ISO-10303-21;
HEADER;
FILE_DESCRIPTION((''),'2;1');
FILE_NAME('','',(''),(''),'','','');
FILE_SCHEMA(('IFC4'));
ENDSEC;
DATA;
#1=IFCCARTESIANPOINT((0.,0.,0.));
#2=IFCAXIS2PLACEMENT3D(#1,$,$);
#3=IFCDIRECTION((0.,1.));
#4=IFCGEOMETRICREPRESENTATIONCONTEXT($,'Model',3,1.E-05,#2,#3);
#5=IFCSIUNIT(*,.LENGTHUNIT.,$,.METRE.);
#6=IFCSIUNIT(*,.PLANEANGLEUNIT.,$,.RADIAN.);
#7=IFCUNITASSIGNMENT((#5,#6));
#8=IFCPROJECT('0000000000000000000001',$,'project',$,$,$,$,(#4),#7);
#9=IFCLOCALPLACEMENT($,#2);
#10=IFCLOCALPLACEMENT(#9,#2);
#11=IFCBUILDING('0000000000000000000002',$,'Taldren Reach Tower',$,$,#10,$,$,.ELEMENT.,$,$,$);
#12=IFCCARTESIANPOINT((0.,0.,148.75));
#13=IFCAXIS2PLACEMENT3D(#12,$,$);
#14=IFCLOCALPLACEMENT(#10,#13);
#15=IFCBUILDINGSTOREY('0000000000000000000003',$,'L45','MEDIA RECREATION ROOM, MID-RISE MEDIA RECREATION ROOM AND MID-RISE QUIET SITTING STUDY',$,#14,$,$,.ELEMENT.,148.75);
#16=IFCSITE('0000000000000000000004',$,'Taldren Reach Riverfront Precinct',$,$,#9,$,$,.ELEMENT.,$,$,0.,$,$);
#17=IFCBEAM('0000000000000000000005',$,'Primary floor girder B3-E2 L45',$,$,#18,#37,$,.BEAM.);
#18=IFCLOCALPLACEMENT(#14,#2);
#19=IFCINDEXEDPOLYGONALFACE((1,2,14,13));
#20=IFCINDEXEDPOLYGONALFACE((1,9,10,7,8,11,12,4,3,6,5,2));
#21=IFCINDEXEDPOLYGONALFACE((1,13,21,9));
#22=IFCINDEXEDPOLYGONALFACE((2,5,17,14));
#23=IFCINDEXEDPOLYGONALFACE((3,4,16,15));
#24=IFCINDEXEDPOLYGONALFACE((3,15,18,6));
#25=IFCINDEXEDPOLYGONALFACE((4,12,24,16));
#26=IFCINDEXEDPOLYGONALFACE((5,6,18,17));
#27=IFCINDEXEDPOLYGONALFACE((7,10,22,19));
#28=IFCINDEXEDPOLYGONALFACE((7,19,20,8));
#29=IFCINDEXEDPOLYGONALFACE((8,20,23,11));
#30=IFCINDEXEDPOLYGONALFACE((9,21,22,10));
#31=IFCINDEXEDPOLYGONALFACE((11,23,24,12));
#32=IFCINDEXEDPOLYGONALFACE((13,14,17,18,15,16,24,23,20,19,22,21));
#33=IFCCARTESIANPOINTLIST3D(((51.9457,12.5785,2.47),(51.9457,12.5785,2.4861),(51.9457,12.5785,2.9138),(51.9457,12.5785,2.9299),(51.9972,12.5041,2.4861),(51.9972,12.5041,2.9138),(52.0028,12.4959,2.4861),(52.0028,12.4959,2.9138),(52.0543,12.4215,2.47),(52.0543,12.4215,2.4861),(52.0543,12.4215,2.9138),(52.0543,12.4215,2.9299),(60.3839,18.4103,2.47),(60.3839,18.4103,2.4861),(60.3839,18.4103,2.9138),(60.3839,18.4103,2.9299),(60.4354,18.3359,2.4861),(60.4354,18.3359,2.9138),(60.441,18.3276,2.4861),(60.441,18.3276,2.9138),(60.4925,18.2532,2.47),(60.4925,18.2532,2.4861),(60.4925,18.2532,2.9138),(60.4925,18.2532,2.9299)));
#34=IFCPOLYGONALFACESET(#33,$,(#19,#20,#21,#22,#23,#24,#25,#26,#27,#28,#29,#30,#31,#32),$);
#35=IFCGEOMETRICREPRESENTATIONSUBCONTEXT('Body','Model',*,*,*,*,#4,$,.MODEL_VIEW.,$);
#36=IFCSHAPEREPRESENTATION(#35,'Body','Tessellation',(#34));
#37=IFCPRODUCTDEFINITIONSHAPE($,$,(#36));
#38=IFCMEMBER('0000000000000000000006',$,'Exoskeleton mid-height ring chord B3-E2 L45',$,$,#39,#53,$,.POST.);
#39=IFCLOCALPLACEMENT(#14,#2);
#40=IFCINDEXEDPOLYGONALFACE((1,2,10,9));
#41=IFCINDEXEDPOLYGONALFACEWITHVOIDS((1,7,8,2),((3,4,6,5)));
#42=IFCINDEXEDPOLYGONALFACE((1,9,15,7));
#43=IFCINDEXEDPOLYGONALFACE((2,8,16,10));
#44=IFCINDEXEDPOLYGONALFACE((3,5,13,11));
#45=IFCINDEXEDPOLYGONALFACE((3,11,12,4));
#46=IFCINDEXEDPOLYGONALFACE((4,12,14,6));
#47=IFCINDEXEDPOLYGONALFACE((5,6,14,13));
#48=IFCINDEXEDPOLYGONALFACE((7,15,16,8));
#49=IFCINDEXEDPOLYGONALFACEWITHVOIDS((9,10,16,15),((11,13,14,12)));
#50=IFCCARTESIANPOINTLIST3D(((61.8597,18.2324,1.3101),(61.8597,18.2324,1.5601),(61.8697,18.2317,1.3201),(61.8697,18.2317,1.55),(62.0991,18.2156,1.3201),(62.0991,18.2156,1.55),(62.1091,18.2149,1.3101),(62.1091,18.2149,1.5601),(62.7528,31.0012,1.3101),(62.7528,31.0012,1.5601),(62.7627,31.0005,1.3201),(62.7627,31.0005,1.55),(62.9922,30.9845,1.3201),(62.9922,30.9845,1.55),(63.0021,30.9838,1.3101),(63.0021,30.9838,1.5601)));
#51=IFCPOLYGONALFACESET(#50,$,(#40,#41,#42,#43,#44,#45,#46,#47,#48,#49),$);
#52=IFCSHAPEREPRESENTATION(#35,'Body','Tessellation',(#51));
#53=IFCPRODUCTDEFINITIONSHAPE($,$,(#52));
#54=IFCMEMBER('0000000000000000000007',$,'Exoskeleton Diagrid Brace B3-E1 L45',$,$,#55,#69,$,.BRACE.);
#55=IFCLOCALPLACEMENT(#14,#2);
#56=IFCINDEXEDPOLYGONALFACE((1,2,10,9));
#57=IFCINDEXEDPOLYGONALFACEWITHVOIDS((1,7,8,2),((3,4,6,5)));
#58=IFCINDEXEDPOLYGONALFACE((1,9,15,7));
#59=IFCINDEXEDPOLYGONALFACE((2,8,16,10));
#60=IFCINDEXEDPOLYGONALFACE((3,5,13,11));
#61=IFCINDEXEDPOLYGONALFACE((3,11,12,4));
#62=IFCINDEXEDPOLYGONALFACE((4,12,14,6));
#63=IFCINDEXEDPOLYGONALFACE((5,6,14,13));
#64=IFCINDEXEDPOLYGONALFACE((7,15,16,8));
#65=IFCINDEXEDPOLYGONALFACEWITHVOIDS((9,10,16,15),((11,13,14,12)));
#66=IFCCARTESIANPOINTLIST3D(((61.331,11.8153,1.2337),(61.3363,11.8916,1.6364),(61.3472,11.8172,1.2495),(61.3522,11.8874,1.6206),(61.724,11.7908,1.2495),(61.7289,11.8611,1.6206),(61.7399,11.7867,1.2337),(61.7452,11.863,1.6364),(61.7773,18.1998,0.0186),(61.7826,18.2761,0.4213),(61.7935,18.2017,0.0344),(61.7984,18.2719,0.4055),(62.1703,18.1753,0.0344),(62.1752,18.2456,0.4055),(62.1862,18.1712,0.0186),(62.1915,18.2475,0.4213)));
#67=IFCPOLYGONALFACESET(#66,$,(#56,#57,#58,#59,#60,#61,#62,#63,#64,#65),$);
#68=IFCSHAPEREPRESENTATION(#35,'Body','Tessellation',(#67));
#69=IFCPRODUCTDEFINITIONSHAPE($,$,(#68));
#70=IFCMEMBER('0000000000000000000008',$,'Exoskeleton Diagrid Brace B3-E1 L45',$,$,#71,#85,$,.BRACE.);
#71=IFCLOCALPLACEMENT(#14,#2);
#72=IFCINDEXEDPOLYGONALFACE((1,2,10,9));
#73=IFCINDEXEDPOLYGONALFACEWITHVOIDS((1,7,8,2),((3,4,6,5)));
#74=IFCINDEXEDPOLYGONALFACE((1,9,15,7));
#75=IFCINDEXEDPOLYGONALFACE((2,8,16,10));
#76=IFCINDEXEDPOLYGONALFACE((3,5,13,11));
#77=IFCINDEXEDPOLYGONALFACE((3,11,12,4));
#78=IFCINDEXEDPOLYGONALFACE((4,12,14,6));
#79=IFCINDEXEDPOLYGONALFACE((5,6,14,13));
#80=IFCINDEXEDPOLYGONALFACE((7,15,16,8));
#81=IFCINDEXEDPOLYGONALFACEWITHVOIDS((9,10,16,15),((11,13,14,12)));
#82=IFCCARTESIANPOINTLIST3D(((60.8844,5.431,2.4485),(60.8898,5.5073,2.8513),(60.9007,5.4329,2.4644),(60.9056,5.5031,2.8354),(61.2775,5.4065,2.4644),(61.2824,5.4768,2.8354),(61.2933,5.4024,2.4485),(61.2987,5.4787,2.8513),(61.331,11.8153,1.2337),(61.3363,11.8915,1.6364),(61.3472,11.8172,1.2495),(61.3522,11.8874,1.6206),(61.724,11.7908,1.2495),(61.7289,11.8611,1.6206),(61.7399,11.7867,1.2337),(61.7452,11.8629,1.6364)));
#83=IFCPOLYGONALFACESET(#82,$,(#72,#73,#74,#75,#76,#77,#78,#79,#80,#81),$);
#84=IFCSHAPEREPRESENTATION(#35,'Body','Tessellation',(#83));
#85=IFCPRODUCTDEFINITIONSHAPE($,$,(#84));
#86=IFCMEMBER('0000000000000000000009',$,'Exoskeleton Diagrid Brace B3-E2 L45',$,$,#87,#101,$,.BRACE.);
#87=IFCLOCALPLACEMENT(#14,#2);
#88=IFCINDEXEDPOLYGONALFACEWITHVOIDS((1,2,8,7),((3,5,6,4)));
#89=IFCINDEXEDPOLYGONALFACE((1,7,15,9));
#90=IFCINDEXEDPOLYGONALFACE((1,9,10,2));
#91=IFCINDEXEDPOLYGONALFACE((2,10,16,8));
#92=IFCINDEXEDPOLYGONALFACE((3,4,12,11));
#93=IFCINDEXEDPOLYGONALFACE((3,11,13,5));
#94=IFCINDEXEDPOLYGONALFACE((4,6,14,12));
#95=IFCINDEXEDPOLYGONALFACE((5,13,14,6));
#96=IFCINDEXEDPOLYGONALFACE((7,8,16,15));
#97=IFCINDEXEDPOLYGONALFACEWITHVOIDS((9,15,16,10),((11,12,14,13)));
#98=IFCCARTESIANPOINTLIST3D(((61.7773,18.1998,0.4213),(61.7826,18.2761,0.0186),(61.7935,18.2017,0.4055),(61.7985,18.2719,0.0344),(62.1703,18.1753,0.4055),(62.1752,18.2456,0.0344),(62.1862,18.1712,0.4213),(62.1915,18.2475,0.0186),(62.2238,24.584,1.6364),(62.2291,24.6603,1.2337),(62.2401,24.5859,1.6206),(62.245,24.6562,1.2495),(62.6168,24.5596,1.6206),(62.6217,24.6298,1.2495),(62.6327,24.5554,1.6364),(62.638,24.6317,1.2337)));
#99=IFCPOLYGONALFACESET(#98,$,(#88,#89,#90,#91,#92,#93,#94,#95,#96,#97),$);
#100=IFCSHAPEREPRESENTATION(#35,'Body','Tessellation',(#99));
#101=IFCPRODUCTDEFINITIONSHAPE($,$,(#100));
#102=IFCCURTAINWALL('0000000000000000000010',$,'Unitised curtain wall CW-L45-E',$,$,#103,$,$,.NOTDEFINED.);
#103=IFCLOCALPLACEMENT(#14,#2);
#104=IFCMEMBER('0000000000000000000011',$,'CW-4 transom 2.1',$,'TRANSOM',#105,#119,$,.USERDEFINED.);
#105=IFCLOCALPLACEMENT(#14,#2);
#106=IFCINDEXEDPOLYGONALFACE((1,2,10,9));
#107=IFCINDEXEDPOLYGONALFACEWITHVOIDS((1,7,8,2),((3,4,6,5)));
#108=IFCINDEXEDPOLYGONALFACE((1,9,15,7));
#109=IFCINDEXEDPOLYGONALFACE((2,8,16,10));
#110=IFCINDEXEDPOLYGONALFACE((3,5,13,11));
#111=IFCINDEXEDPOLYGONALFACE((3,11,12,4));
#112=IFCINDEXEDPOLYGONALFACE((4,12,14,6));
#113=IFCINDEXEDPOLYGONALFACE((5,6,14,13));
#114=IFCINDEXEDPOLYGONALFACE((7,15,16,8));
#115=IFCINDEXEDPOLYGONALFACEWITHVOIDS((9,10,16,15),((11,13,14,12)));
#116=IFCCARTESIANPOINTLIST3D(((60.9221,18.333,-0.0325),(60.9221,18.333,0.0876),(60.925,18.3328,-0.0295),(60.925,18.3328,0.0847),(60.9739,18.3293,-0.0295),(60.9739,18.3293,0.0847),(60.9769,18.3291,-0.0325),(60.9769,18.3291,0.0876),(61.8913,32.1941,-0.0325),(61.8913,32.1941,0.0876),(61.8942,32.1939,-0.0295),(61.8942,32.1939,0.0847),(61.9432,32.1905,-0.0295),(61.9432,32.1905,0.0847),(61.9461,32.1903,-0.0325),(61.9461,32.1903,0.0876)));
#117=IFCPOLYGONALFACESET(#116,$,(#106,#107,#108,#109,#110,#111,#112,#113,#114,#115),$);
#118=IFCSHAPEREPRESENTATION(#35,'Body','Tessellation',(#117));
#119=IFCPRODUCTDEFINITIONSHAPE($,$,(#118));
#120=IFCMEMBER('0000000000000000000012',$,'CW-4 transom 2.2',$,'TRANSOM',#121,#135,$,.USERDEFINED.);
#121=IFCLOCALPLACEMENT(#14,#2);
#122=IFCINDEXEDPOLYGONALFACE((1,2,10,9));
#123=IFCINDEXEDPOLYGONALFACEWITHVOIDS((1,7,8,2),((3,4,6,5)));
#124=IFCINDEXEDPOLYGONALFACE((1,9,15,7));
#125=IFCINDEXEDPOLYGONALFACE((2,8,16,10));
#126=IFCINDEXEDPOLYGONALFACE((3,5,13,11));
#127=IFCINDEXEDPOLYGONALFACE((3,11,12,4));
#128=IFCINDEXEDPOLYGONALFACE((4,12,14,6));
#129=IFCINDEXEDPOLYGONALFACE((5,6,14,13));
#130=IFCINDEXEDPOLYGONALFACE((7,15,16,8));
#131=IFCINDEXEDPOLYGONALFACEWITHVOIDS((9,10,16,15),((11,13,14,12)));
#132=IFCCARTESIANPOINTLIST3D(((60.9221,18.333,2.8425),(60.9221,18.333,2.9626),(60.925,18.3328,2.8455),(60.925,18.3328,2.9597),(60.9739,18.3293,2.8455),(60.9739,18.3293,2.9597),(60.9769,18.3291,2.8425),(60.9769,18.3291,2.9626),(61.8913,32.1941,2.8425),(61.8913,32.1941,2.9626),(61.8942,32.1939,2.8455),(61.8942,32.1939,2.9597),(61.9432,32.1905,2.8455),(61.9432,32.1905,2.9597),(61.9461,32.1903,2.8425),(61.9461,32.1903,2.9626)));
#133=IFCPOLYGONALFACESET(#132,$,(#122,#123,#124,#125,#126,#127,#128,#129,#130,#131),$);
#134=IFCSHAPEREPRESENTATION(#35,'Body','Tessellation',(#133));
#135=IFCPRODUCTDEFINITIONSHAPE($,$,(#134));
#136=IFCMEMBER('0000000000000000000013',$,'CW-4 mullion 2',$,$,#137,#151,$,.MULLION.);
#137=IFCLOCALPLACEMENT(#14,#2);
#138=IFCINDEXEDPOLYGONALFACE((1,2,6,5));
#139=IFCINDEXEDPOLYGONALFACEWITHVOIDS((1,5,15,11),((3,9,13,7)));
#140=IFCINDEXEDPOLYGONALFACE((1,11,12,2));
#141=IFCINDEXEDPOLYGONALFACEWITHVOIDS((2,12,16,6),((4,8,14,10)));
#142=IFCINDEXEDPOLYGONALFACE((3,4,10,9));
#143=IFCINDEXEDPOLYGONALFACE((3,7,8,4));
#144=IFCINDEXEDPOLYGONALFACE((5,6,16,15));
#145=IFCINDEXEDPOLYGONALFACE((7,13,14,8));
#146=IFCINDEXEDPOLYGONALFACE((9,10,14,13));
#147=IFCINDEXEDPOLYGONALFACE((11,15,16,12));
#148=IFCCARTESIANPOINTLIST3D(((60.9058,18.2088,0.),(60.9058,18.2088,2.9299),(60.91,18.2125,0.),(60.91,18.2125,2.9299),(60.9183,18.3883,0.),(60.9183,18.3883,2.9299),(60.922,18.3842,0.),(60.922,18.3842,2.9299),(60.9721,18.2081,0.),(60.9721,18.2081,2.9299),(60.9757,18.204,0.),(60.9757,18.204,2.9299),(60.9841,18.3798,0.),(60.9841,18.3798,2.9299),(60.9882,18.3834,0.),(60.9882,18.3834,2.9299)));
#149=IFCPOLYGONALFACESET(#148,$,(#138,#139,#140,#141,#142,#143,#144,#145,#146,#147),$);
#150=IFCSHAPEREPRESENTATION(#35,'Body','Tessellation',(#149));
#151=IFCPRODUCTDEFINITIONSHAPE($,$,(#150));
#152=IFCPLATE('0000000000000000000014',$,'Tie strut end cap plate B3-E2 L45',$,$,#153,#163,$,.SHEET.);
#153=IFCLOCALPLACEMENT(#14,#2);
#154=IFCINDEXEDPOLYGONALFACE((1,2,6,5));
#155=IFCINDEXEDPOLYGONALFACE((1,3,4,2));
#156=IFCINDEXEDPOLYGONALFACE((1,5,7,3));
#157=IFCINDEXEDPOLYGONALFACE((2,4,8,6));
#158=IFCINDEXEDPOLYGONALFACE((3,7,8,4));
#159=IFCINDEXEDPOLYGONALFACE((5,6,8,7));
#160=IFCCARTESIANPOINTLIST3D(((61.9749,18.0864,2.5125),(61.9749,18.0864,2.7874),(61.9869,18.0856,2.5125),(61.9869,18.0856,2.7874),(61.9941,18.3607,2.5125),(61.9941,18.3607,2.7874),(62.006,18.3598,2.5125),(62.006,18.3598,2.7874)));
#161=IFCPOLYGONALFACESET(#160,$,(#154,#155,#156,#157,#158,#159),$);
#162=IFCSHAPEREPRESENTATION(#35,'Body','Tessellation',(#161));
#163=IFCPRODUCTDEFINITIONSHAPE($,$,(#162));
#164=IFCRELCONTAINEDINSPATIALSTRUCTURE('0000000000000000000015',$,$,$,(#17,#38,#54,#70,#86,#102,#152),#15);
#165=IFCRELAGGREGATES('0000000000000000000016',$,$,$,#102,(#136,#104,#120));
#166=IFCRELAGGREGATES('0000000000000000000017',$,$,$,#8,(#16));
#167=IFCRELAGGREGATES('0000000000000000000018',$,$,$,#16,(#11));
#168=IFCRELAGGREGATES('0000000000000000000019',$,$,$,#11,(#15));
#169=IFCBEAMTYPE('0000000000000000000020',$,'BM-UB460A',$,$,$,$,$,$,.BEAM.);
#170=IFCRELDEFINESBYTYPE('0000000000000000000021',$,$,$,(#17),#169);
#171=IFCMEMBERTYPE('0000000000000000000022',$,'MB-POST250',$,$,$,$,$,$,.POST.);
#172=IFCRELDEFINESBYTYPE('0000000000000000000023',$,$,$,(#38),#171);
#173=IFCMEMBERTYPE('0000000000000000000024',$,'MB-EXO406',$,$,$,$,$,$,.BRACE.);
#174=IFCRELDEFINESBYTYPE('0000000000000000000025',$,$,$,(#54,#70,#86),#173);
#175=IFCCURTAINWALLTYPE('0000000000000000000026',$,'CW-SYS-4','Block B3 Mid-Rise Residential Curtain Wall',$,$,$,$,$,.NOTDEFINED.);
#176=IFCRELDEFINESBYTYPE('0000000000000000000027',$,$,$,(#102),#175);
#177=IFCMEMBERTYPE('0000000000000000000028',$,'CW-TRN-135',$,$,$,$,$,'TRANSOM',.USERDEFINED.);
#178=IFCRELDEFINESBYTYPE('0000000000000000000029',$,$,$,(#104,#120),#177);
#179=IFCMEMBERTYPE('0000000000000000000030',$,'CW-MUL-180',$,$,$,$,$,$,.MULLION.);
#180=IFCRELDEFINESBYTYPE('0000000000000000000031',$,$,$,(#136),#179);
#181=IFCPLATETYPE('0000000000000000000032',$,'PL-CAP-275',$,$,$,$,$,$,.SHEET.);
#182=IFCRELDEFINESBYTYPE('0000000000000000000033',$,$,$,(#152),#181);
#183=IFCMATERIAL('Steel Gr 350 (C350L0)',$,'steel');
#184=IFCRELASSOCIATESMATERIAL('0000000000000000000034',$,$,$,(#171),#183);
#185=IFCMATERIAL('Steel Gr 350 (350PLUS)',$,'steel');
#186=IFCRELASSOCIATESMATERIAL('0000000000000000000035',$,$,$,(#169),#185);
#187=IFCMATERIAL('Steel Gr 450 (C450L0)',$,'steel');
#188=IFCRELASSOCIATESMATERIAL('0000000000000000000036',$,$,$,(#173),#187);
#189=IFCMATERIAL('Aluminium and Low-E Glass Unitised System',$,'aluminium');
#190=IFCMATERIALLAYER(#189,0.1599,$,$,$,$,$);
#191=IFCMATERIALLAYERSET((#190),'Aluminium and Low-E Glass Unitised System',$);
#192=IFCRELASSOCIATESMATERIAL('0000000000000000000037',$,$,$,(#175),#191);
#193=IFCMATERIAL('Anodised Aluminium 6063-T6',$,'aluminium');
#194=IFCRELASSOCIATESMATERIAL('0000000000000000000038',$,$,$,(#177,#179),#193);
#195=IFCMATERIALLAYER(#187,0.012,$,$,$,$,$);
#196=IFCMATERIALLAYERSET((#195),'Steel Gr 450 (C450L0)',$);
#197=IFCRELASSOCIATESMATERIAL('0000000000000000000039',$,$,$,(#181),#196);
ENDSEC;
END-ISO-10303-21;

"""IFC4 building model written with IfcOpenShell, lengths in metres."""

from ifc_helpers import new_model, si_unit, direction, frame, origin, origin_2d, place, context, subcontext, project, spatial, rectangle, hollow_rectangle, i_section, extrude, source, transform, mapped, material, layer, layer_set, material_profile, profile_set, type_object, element, aggregate, save


model = new_model("IFC4")

# Units and contexts
model_context = context("Model", 3, precision=1e-05, world=origin(), true_north=direction((0.0, 1.0)))
body_context = subcontext(model_context, "Body", "Model", "MODEL_VIEW")
ifc_project = project(units=[si_unit("LENGTHUNIT", "METRE"), si_unit("PLANEANGLEUNIT", "RADIAN")], contexts=[model_context])

# Site, building, storey
site_placement = place(None, origin())
site = spatial("IfcSite", under=ifc_project, at=site_placement, Name="Taldren Reach Riverfront Precinct", CompositionType="ELEMENT", RefElevation=0.0)
building_placement = place(site_placement, origin())
building = spatial("IfcBuilding", under=site, at=building_placement, Name="Taldren Reach Tower", CompositionType="ELEMENT")
storey_placement = place(building_placement, frame((0.0, 0.0, 148.75)))
storey = spatial("IfcBuildingStorey", under=building, at=storey_placement, Name="L45", Description="MEDIA RECREATION ROOM, MID-RISE MEDIA RECREATION ROOM AND MID-RISE QUIET SITTING STUDY", CompositionType="ELEMENT", Elevation=148.75)

# Shared definitions
ifc_material_1 = material(Name="Steel Gr 350 (350PLUS)", Category="steel")

# Shared definitions
ifc_material_2 = material(Name="Steel Gr 450 (C450L0)", Category="steel")
ifc_material_3 = material(Name="Steel Gr 350 (C350L0)", Category="steel")
ifc_material_profile_1 = material_profile(ifc_material_3, hollow_rectangle(XDim=0.25, YDim=0.25, WallThickness=0.01, at=origin_2d()), Name="250x250x10.0SHS")
ifc_profile_set_1 = profile_set([ifc_material_profile_1], Name="Steel Gr 350 (C350L0)")
member_type_1 = type_object("IfcMemberType", Name="MB-POST250", PredefinedType="POST", material=ifc_profile_set_1)

# Beam
ifc_material_profile_2 = material_profile(ifc_material_1, i_section(OverallWidth=0.1909, OverallDepth=0.46, WebThickness=0.01, FlangeThickness=0.0161, at=origin_2d()), Name="460UB82.1")
ifc_profile_set_2 = profile_set([ifc_material_profile_2], Name="Steel Gr 350 (350PLUS)")
beam_type_1 = type_object("IfcBeamType", Name="BM-UB460A", PredefinedType="BEAM", material=ifc_profile_set_2)
shared_shape_1 = source(origin(), body_context, "Body", "SweptSolid", [
    extrude(i_section(OverallWidth=0.1909, OverallDepth=0.46, WebThickness=0.01, FlangeThickness=0.0161, at=origin_2d()), origin(), (0.0, 0.0, 1.0), 10.2573),
])
beam_1_placement = place(storey_placement, frame((52.0, 12.5, 2.7), z_axis=(0.822651, 0.568546, 0.0), x_axis=(-0.568546, 0.822651, 0.0)))
element("IfcBeam", 1, at=beam_1_placement, inside=storey, type_object=beam_type_1, Name="Primary floor girder B3-E2 L45", PredefinedType="BEAM", context=body_context, shape_type="MappedRepresentation", body=[
    mapped(shared_shape_1, transform((0.0, 0.0, 0.0), scale=1.0)),
])

# Members
shared_shape_2 = source(origin(), body_context, "Body", "SweptSolid", [
    extrude(hollow_rectangle(XDim=0.25, YDim=0.25, WallThickness=0.01, at=origin_2d()), origin(), (0.0, 0.0, 1.0), 12.8),
])
member_1_placement = place(storey_placement, frame((61.9844, 18.2236, 1.4351), z_axis=(0.069771, 0.997563, 0.0), x_axis=(-0.997563, 0.069771, 0.0)))
element("IfcMember", 2, at=member_1_placement, inside=storey, type_object=member_type_1, Name="Exoskeleton mid-height ring chord B3-E2 L45", PredefinedType="POST", context=body_context, shape_type="MappedRepresentation", body=[
    mapped(shared_shape_2, transform((0.0, 0.0, 0.0), scale=1.0)),
])
ifc_material_profile_3 = material_profile(ifc_material_2, hollow_rectangle(XDim=0.4099, YDim=0.4099, WallThickness=0.0161, at=origin_2d()), Name="410x410x16.0SHS")
ifc_profile_set_3 = profile_set([ifc_material_profile_3], Name="Steel Gr 450 (C450L0)")
member_type_2 = type_object("IfcMemberType", Name="MB-EXO406", PredefinedType="BRACE", material=ifc_profile_set_3)
shared_shape_3 = source(origin(), body_context, "Body", "SweptSolid", [
    extrude(hollow_rectangle(XDim=0.4099, YDim=0.4099, WallThickness=0.0161, at=origin_2d()), origin(), (0.0, 0.0, 1.0), 6.5144),
])
member_2_placement = place(storey_placement, frame((61.9844, 18.2236, 0.22), z_axis=(-0.068508, -0.980059, 0.186523), x_axis=(0.997566, -0.069732, 0.0)))
element("IfcMember", 3, at=member_2_placement, inside=storey, type_object=member_type_2, Name="Exoskeleton Diagrid Brace B3-E1 L45", PredefinedType="BRACE", context=body_context, shape_type="MappedRepresentation", body=[
    mapped(shared_shape_3, transform((0.0, 0.0, 0.0), scale=1.0)),
])
shared_shape_4 = source(origin(), body_context, "Body", "SweptSolid", [
    extrude(hollow_rectangle(XDim=0.4099, YDim=0.4099, WallThickness=0.0161, at=origin_2d()), origin(), (0.0, 0.0, 1.0), 6.5142),
])
for number, where, z_axis, x_axis, name in (
    (4, (61.5381, 11.8391, 1.4351), (-0.068548, -0.980062, 0.186493), (0.997563, -0.069772, 0.0), "Exoskeleton Diagrid Brace B3-E1 L45"),
    (5, (61.9844, 18.2236, 0.22), (0.068548, 0.980055, 0.186529), (-0.997563, 0.069772, 0.0), "Exoskeleton Diagrid Brace B3-E2 L45"),
):
    element("IfcMember", number, at=place(storey_placement, frame(where, z_axis=z_axis, x_axis=x_axis)), inside=storey, type_object=member_type_2, Name=name, PredefinedType="BRACE", context=body_context, shape_type="MappedRepresentation", body=[
        mapped(shared_shape_4, transform((0.0, 0.0, 0.0), scale=1.0)),
    ])

# Curtain wall, members
ifc_material_4 = material(Name="Aluminium and Low-E Glass Unitised System", Category="aluminium")
ifc_layer_1 = layer(ifc_material_4, 0.1599)
ifc_layer_set_1 = layer_set([ifc_layer_1], Name="Aluminium and Low-E Glass Unitised System")
curtain_wall_type = type_object("IfcCurtainWallType", Name="CW-SYS-4", Description="Block B3 Mid-Rise Residential Curtain Wall", PredefinedType="NOTDEFINED", material=ifc_layer_set_1)
curtain_wall_placement = place(storey_placement, origin())
curtain_wall = element("IfcCurtainWall", 6, at=curtain_wall_placement, inside=storey, type_object=curtain_wall_type, Name="Unitised curtain wall CW-L45-E", PredefinedType="NOTDEFINED")
ifc_material_5 = material(Name="Anodised Aluminium 6063-T6", Category="aluminium")
ifc_material_profile_4 = material_profile(ifc_material_5, hollow_rectangle(XDim=0.0549, YDim=0.1201, WallThickness=0.0029, at=origin_2d()), Name="ALU-120x55x3RHS")
ifc_profile_set_4 = profile_set([ifc_material_profile_4], Name="Anodised Aluminium 6063-T6")
member_type_3 = type_object("IfcMemberType", Name="CW-TRN-135", ElementType="TRANSOM", PredefinedType="USERDEFINED", material=ifc_profile_set_4)
shared_shape_5 = source(origin(), body_context, "Body", "SweptSolid", [
    extrude(hollow_rectangle(XDim=0.0549, YDim=0.1201, WallThickness=0.0029, at=origin_2d()), origin(), (0.0, 0.0, 1.0), 13.895),
])
member_3_placement = place(storey_placement, frame((60.9495, 18.3311, 0.0276), z_axis=(0.069755, 0.997564, 0.0), x_axis=(-0.997564, 0.069755, 0.0)))
member_3 = element("IfcMember", 7, at=member_3_placement, type_object=member_type_3, Name="CW-4 transom 2.1", ObjectType="TRANSOM", PredefinedType="USERDEFINED", context=body_context, shape_type="MappedRepresentation", body=[
    mapped(shared_shape_5, transform((0.0, 0.0, 0.0), scale=1.0)),
])
member_4_placement = place(storey_placement, frame((60.9495, 18.3311, 2.9026), z_axis=(0.069755, 0.997564, 0.0), x_axis=(-0.997564, 0.069755, 0.0)))
member_4 = element("IfcMember", 8, at=member_4_placement, type_object=member_type_3, Name="CW-4 transom 2.2", ObjectType="TRANSOM", PredefinedType="USERDEFINED", context=body_context, shape_type="MappedRepresentation", body=[
    mapped(shared_shape_5, transform((0.0, 0.0, 0.0), scale=1.0)),
])
ifc_material_profile_5 = material_profile(ifc_material_5, hollow_rectangle(XDim=0.0701, YDim=0.1799, WallThickness=0.0039, at=origin_2d()), Name="ALU-180x70x4RHS")
ifc_profile_set_5 = profile_set([ifc_material_profile_5], Name="Anodised Aluminium 6063-T6")
member_type_4 = type_object("IfcMemberType", Name="CW-MUL-180", PredefinedType="MULLION", material=ifc_profile_set_5)
shared_shape_6 = source(origin(), body_context, "Body", "SweptSolid", [
    extrude(hollow_rectangle(XDim=0.0701, YDim=0.1799, WallThickness=0.0039, at=origin_2d()), origin(), (0.0, 0.0, 1.0), 2.9299),
])
member_5_placement = place(storey_placement, frame((60.947, 18.2961, 0.0), z_axis=(0.0, 0.0, 1.0), x_axis=(-0.997564, 0.069756, 0.0)))
member_5 = element("IfcMember", 9, at=member_5_placement, type_object=member_type_4, Name="CW-4 mullion 2", PredefinedType="MULLION", context=body_context, shape_type="MappedRepresentation", body=[
    mapped(shared_shape_6, transform((0.0, 0.0, 0.0), scale=1.0)),
])

# Plate
ifc_layer_2 = layer(ifc_material_2, 0.012)
ifc_layer_set_2 = layer_set([ifc_layer_2], Name="Steel Gr 450 (C450L0)")
plate_type_1 = type_object("IfcPlateType", Name="PL-CAP-275", PredefinedType="SHEET", material=ifc_layer_set_2)
shared_shape_7 = source(origin(), body_context, "Body", "SweptSolid", [
    extrude(rectangle(XDim=0.012, YDim=0.2749, at=origin_2d()), origin(), (0.0, 0.0, 1.0), 0.2749),
])
plate_1_placement = place(storey_placement, frame((61.9905, 18.2231, 2.5125), z_axis=(0.0, 0.0, 1.0), x_axis=(0.997564, -0.069756, 0.0)))
element("IfcPlate", 10, at=plate_1_placement, inside=storey, type_object=plate_type_1, Name="Tie strut end cap plate B3-E2 L45", PredefinedType="SHEET", context=body_context, shape_type="MappedRepresentation", body=[
    mapped(shared_shape_7, transform((0.0, 0.0, 0.0), scale=1.0)),
])
aggregate(curtain_wall, [member_5, member_3, member_4])

save(model, "model.ifc")
